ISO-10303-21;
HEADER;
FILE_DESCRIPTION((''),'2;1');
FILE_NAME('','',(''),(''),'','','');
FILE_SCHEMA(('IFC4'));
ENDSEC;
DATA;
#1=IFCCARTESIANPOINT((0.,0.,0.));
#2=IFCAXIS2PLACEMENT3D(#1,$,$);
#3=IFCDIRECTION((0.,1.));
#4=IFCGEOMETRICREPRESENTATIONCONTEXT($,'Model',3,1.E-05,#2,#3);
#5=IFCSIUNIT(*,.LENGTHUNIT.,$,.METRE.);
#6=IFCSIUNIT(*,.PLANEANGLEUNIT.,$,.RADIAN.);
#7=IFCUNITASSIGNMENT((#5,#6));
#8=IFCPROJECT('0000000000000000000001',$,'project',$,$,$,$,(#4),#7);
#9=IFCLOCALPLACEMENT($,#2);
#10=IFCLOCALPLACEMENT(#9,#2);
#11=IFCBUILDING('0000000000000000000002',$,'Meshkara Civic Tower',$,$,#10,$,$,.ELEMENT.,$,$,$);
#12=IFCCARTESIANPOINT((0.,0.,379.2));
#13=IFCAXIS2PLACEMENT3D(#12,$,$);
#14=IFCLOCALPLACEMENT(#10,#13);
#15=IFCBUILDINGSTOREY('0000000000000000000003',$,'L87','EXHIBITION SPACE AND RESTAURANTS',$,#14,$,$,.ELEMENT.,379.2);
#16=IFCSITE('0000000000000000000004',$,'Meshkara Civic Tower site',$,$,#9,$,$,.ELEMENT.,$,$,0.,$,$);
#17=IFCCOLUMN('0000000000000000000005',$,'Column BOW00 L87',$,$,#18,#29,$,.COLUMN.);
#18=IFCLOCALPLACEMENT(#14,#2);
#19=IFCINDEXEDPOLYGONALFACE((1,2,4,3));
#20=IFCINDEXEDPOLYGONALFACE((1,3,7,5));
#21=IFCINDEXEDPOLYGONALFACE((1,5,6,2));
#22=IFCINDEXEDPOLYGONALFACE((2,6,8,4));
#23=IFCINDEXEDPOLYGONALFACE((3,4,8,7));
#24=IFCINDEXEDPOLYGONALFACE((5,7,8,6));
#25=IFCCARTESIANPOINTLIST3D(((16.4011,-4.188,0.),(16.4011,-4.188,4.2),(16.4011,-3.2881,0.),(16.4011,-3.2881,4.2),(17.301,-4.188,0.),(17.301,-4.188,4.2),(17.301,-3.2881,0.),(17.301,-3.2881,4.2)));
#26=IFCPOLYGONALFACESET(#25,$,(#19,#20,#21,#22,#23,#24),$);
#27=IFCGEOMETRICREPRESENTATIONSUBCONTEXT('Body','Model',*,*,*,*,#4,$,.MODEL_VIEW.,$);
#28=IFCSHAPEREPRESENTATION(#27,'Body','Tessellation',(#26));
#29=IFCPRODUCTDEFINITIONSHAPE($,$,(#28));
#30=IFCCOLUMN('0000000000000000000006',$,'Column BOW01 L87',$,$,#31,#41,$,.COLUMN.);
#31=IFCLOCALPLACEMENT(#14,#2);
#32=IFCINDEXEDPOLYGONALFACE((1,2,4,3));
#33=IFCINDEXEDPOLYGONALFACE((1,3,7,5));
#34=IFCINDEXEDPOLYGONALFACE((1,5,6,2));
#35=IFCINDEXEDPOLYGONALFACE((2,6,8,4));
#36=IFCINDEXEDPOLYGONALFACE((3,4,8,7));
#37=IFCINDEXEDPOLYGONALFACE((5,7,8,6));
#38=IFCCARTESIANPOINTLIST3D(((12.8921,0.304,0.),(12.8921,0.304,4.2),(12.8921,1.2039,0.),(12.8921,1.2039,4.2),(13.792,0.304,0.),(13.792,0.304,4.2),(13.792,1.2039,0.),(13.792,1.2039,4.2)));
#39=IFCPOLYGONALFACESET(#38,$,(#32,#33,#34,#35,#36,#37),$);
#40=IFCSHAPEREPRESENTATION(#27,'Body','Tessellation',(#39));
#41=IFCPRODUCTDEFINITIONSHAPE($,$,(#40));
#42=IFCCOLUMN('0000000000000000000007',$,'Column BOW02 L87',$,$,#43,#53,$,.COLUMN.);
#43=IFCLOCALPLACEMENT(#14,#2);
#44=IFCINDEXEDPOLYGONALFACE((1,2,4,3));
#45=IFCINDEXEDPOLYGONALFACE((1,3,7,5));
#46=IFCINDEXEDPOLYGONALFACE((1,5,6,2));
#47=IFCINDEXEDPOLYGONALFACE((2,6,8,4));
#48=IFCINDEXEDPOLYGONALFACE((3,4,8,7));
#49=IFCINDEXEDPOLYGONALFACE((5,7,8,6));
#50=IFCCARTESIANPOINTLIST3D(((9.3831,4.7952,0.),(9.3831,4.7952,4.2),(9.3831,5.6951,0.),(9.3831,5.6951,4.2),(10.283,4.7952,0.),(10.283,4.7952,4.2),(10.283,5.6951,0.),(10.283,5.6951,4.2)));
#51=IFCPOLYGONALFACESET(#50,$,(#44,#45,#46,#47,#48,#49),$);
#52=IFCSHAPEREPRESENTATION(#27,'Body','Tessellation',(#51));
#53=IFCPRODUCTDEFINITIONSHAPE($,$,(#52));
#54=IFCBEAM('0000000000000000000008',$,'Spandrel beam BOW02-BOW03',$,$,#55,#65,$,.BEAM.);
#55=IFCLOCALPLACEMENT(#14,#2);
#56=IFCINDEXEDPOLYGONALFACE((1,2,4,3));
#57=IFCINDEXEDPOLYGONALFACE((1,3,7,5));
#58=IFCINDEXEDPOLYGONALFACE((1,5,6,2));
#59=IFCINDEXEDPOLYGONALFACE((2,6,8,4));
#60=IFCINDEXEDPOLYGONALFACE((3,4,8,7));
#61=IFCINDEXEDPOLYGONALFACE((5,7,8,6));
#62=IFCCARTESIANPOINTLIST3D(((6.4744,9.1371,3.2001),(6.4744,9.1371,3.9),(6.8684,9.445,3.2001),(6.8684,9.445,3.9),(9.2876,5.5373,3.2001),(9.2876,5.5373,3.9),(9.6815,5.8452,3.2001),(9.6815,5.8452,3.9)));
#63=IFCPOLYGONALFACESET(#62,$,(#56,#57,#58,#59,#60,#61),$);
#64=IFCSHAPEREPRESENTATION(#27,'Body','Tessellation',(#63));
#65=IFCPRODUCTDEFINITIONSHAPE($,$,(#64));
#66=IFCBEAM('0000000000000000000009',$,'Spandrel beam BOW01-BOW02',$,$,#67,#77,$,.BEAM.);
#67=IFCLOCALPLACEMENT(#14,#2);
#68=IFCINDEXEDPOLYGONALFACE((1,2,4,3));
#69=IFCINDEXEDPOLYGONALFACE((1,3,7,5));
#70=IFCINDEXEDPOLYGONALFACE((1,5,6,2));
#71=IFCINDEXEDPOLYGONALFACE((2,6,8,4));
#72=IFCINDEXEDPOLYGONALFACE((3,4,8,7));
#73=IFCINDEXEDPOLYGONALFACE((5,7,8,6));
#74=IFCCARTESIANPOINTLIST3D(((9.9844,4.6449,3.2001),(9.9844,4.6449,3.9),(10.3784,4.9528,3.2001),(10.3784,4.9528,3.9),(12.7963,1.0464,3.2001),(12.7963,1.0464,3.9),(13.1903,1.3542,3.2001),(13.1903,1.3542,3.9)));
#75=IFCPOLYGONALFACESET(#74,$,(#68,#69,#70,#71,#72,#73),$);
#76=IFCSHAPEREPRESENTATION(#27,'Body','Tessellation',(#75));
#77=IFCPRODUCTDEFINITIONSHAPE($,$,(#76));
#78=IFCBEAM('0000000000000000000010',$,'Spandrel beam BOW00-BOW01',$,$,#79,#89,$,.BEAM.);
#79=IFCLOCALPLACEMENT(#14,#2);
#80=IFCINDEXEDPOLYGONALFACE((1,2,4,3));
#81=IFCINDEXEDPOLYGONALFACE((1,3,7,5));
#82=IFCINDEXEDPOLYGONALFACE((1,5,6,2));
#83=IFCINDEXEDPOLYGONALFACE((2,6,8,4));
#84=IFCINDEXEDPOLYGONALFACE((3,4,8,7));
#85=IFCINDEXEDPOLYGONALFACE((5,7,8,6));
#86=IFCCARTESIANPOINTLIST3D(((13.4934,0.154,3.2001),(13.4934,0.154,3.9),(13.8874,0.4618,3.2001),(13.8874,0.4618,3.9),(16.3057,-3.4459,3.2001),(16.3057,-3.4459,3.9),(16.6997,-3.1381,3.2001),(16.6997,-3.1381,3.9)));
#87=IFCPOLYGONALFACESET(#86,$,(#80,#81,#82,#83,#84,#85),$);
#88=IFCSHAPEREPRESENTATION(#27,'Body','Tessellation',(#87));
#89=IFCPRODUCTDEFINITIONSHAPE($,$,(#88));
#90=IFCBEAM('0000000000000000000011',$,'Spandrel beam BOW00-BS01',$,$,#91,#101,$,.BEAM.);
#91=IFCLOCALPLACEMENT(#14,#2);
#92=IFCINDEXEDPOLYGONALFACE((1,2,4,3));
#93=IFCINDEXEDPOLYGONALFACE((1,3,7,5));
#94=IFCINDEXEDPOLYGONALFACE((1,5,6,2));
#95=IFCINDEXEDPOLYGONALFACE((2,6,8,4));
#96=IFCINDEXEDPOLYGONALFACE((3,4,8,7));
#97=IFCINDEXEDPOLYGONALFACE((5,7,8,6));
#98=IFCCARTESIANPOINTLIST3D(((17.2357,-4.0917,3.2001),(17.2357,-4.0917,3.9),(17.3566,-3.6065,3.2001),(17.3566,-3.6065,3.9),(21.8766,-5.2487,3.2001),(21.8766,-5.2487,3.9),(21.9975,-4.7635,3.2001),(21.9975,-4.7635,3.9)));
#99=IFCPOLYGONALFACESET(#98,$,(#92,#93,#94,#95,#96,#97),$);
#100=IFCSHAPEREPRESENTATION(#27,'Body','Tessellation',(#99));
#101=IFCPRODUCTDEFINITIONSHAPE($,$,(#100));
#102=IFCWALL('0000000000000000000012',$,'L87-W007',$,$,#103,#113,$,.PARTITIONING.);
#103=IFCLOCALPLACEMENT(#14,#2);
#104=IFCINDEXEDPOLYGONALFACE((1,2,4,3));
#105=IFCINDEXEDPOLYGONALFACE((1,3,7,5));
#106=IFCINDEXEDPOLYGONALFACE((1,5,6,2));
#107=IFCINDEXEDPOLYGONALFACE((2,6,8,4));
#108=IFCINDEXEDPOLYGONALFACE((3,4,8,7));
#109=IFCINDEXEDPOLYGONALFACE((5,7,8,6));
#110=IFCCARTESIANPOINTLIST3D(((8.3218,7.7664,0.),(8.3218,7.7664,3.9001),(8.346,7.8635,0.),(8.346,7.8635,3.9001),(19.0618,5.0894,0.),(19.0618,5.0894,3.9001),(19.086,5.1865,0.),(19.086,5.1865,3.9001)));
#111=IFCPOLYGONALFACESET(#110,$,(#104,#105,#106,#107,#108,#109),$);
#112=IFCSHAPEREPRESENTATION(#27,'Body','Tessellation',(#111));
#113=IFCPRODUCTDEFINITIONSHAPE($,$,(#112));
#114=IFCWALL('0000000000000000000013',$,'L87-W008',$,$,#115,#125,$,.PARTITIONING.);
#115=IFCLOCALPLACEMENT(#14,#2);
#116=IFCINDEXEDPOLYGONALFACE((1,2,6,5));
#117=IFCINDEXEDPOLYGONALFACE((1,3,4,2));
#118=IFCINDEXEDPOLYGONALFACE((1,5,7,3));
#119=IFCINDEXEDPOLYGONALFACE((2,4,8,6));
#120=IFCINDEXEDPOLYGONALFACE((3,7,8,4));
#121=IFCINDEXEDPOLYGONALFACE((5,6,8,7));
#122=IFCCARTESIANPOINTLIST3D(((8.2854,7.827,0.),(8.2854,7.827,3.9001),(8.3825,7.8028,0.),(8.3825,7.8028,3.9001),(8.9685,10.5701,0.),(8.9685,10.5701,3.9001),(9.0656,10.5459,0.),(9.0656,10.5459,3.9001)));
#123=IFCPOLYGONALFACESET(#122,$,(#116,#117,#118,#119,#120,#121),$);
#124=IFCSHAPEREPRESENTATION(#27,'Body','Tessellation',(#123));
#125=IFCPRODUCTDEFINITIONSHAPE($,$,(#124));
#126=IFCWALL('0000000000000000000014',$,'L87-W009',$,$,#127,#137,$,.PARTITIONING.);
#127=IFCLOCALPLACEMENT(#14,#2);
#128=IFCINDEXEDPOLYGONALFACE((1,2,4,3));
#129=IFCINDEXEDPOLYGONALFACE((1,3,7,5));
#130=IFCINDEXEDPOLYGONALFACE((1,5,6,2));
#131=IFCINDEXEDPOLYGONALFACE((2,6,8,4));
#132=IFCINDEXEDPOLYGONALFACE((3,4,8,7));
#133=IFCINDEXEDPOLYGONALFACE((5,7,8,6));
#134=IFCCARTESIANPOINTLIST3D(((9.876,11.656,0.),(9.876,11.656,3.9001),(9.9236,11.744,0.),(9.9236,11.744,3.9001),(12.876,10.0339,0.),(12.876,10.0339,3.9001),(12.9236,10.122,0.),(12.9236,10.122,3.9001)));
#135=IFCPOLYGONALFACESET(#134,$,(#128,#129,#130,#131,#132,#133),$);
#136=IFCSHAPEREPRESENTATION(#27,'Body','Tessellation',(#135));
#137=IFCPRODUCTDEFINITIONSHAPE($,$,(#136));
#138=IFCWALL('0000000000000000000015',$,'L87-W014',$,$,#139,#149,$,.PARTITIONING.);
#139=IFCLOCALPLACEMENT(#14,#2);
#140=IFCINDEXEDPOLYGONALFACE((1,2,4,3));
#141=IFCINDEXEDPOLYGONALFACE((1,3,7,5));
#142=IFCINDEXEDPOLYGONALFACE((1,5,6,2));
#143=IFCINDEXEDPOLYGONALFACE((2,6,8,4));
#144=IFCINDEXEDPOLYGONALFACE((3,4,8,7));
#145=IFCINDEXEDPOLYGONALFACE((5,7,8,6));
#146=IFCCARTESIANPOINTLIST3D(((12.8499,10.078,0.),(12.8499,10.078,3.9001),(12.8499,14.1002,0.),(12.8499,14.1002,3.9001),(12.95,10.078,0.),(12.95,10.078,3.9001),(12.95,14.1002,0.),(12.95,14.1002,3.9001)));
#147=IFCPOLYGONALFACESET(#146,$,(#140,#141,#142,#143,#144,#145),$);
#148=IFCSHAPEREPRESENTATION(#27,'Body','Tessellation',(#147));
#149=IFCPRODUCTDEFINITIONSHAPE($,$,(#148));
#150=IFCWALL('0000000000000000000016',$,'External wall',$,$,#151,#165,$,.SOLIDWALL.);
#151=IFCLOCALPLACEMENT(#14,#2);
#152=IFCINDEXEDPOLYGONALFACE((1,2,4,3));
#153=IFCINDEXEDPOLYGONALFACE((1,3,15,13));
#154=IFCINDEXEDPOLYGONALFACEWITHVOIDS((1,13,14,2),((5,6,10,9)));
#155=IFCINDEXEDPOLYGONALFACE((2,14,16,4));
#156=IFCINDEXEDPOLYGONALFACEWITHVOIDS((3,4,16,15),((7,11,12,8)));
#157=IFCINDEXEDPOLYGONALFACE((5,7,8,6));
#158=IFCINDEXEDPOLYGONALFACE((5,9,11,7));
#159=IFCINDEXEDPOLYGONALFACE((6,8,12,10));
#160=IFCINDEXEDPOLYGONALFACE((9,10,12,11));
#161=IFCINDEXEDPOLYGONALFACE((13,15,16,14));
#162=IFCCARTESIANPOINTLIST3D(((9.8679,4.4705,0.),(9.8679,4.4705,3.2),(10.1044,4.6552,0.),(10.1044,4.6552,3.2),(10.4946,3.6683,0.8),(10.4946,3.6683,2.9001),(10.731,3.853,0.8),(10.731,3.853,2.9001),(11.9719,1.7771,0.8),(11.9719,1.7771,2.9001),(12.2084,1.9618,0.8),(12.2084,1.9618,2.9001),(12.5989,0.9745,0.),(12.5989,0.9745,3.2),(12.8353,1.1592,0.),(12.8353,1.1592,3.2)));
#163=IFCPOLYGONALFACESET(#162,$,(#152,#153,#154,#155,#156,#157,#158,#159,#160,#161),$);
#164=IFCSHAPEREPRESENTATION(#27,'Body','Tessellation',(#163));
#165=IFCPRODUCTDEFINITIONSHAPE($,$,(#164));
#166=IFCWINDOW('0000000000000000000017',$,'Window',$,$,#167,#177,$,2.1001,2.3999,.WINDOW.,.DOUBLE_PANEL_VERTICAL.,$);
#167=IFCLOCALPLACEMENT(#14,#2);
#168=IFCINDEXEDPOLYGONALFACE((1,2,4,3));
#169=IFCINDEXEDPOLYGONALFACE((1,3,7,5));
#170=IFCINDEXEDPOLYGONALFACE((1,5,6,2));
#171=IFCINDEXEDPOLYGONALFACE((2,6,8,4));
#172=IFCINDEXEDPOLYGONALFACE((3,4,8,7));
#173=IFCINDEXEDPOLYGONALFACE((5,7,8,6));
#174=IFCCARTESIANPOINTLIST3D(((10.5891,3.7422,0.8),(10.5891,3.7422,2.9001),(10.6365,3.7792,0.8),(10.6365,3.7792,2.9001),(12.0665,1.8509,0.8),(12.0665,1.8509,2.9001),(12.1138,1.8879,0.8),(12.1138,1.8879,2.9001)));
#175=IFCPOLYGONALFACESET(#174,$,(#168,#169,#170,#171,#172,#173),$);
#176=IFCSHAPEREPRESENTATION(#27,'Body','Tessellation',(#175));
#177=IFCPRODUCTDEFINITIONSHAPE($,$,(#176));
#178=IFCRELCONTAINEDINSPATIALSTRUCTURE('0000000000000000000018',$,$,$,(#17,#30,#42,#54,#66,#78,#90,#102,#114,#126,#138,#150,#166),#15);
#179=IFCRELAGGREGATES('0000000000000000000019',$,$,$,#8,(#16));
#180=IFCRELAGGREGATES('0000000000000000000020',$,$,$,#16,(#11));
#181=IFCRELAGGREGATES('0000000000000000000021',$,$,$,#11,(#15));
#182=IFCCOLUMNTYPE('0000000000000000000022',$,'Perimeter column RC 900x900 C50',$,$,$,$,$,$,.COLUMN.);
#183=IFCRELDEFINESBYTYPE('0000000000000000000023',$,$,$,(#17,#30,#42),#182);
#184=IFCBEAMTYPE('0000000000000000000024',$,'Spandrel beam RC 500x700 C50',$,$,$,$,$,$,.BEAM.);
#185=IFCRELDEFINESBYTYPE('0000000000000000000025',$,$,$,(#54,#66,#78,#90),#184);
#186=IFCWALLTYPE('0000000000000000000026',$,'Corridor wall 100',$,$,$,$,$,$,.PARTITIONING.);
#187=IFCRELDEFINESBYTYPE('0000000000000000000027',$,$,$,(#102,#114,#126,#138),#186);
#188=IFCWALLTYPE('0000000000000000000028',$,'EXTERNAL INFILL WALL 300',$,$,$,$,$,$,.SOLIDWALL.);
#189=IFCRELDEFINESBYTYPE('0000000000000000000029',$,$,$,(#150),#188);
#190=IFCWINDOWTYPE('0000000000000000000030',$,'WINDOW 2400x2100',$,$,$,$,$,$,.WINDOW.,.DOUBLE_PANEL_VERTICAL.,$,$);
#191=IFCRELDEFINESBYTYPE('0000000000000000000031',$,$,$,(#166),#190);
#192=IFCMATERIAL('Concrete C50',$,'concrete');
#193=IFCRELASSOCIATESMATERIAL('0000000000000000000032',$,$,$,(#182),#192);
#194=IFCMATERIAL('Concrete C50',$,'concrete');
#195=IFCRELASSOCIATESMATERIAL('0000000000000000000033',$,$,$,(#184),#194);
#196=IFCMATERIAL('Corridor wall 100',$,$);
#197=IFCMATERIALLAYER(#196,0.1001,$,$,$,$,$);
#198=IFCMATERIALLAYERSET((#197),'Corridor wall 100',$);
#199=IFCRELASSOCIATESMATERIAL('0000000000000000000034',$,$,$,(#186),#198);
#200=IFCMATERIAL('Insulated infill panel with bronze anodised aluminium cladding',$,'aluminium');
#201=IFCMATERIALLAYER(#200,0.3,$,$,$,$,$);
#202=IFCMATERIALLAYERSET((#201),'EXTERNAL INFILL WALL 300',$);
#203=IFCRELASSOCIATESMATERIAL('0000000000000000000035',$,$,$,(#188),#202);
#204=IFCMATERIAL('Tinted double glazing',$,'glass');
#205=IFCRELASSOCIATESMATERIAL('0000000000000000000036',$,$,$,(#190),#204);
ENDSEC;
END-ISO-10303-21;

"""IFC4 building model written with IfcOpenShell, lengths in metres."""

from ifc_helpers import new_model, si_unit, direction, frame, frame_2d, origin, origin_2d, place, context, subcontext, project, spatial, rectangle, extrude, material, layer, layer_set, material_profile, profile_set, type_object, element, fill, save


model = new_model("IFC4")

# Units and contexts
model_context = context("Model", 3, precision=1e-05, world=origin(), true_north=direction((0.0, 1.0)))
body_context = subcontext(model_context, "Body", "Model", "MODEL_VIEW")
ifc_project = project(units=[si_unit("LENGTHUNIT", "METRE"), si_unit("PLANEANGLEUNIT", "RADIAN")], contexts=[model_context])

# Site, building, storey
site_placement = place(None, origin())
site = spatial("IfcSite", under=ifc_project, at=site_placement, Name="Meshkara Civic Tower site", CompositionType="ELEMENT", RefElevation=0.0)
building_placement = place(site_placement, origin())
building = spatial("IfcBuilding", under=site, at=building_placement, Name="Meshkara Civic Tower", CompositionType="ELEMENT")
storey_placement = place(building_placement, frame((0.0, 0.0, 379.2)))
storey = spatial("IfcBuildingStorey", under=building, at=storey_placement, Name="L87", Description="EXHIBITION SPACE AND RESTAURANTS", CompositionType="ELEMENT", Elevation=379.2)

# Columns
ifc_material_1 = material(Name="Concrete C50", Category="concrete")
ifc_material_profile_1 = material_profile(ifc_material_1, rectangle(XDim=0.8999, YDim=0.8999, at=origin_2d()))
ifc_profile_set_1 = profile_set([ifc_material_profile_1], Name="Concrete C50")
column_type = type_object("IfcColumnType", Name="Perimeter column RC 900x900 C50", PredefinedType="COLUMN", material=ifc_profile_set_1)
for number, where, z_axis, x_axis, name in (
    (1, (16.8511, -3.738, 0.0), (0.0, 0.0, 1.0), (1.0, 0.0, 0.0), "Column BOW00 L87"),
    (2, (13.342, 0.7539, 0.0), (0.0, 0.0, 1.0), (1.0, 0.0, 0.0), "Column BOW01 L87"),
    (3, (9.833, 5.2451, 0.0), (0.0, 0.0, 1.0), (1.0, 0.0, 0.0), "Column BOW02 L87"),
):
    element("IfcColumn", number, at=place(storey_placement, frame(where, z_axis=z_axis, x_axis=x_axis)), inside=storey, type_object=column_type, Name=name, PredefinedType="COLUMN", context=body_context, shape_type="SweptSolid", body=[
        extrude(rectangle(XDim=0.8999, YDim=0.8999, at=origin_2d()), origin(), (0.0, 0.0, 1.0), 4.2),
    ])

# Beams
ifc_material_2 = material(Name="Concrete C50", Category="concrete")
ifc_material_profile_2 = material_profile(ifc_material_2, rectangle(XDim=0.5, YDim=0.7, at=origin_2d()))
ifc_profile_set_2 = profile_set([ifc_material_profile_2], Name="Concrete C50")
beam_type = type_object("IfcBeamType", Name="Spandrel beam RC 500x700 C50", PredefinedType="BEAM", material=ifc_profile_set_2)
beam_1_placement = place(storey_placement, frame((6.6714, 9.291, 3.55), z_axis=(0.615759, -0.787934, 0.0), x_axis=(0.787934, 0.615759, 0.0)))
element("IfcBeam", 4, at=beam_1_placement, inside=storey, type_object=beam_type, Name="Spandrel beam BOW02-BOW03", PredefinedType="BEAM", context=body_context, shape_type="SweptSolid", body=[
    extrude(rectangle(XDim=0.5, YDim=0.7, at=origin_2d()), origin(), (0.0, 0.0, 1.0), 4.5686),
])
beam_2_placement = place(storey_placement, frame((10.1814, 4.7988, 3.55), z_axis=(0.615723, -0.787963, 0.0), x_axis=(0.787963, 0.615723, 0.0)))
element("IfcBeam", 5, at=beam_2_placement, inside=storey, type_object=beam_type, Name="Spandrel beam BOW01-BOW02", PredefinedType="BEAM", context=body_context, shape_type="SweptSolid", body=[
    extrude(rectangle(XDim=0.5, YDim=0.7, at=origin_2d()), origin(), (0.0, 0.0, 1.0), 4.5669),
])
beam_3_placement = place(storey_placement, frame((13.6904, 0.3079, 3.55), z_axis=(0.615626, -0.788038, 0.0), x_axis=(0.788038, 0.615626, 0.0)))
element("IfcBeam", 6, at=beam_3_placement, inside=storey, type_object=beam_type, Name="Spandrel beam BOW00-BOW01", PredefinedType="BEAM", context=body_context, shape_type="SweptSolid", body=[
    extrude(rectangle(XDim=0.5, YDim=0.7, at=origin_2d()), origin(), (0.0, 0.0, 1.0), 4.5681),
])
beam_4_placement = place(storey_placement, frame((17.2961, -3.8491, 3.55), z_axis=(0.970301, -0.241899, 0.0), x_axis=(0.241899, 0.970301, 0.0)))
element("IfcBeam", 7, at=beam_4_placement, inside=storey, type_object=beam_type, Name="Spandrel beam BOW00-BS01", PredefinedType="BEAM", context=body_context, shape_type="SweptSolid", body=[
    extrude(rectangle(XDim=0.5, YDim=0.7, at=origin_2d()), origin(), (0.0, 0.0, 1.0), 4.783),
])

# Walls
ifc_material_3 = material(Name="Corridor wall 100")
ifc_layer_1 = layer(ifc_material_3, 0.1001)
ifc_layer_set_1 = layer_set([ifc_layer_1], Name="Corridor wall 100")
wall_type_1 = type_object("IfcWallType", Name="Corridor wall 100", PredefinedType="PARTITIONING", material=ifc_layer_set_1)
wall_1_placement = place(storey_placement, frame((8.334, 7.8149, 0.0), z_axis=(0.0, 0.0, 1.0), x_axis=(0.970312, -0.241856, 0.0)))
element("IfcWall", 8, at=wall_1_placement, inside=storey, type_object=wall_type_1, Name="L87-W007", PredefinedType="PARTITIONING", context=body_context, shape_type="SweptSolid", body=[
    extrude(rectangle(XDim=11.0686, YDim=0.1001, at=frame_2d((5.5342, 0.0))), origin(), (0.0, 0.0, 1.0), 3.9001),
])
wall_2_placement = place(storey_placement, frame((9.0171, 10.5581, 0.0), z_axis=(0.0, 0.0, 1.0), x_axis=(-0.241641, -0.970366, 0.0)))
element("IfcWall", 9, at=wall_2_placement, inside=storey, type_object=wall_type_1, Name="L87-W008", PredefinedType="PARTITIONING", context=body_context, shape_type="SweptSolid", body=[
    extrude(rectangle(XDim=2.8269, YDim=0.1001, at=frame_2d((1.4136, 0.0))), origin(), (0.0, 0.0, 1.0), 3.9001),
])
wall_3_placement = place(storey_placement, frame((9.8999, 11.7, 0.0), z_axis=(0.0, 0.0, 1.0), x_axis=(0.879651, -0.475619, 0.0)))
element("IfcWall", 10, at=wall_3_placement, inside=storey, type_object=wall_type_1, Name="L87-W009", PredefinedType="PARTITIONING", context=body_context, shape_type="SweptSolid", body=[
    extrude(rectangle(XDim=3.4104, YDim=0.1001, at=frame_2d((1.7051, 0.0))), origin(), (0.0, 0.0, 1.0), 3.9001),
])
wall_4_placement = place(storey_placement, frame((12.8999, 10.0779, 0.0), z_axis=(0.0, 0.0, 1.0), x_axis=(0.0, 1.0, 0.0)))
element("IfcWall", 11, at=wall_4_placement, inside=storey, type_object=wall_type_1, Name="L87-W014", PredefinedType="PARTITIONING", context=body_context, shape_type="SweptSolid", body=[
    extrude(rectangle(XDim=4.0222, YDim=0.1001, at=frame_2d((2.0112, 0.0))), origin(), (0.0, 0.0, 1.0), 3.9001),
])

# Wall, opening, window
ifc_material_4 = material(Name="Insulated infill panel with bronze anodised aluminium cladding", Category="aluminium")
ifc_layer_2 = layer(ifc_material_4, 0.3)
ifc_layer_set_2 = layer_set([ifc_layer_2], Name="EXTERNAL INFILL WALL 300")
wall_type_2 = type_object("IfcWallType", Name="EXTERNAL INFILL WALL 300", PredefinedType="SOLIDWALL", material=ifc_layer_set_2)
wall_5_placement = place(storey_placement, frame((9.9861, 4.563, 0.0), z_axis=(0.0, 0.0, 1.0), x_axis=(0.615593, -0.788064, 0.0)))
wall_5 = element("IfcWall", 12, at=wall_5_placement, inside=storey, type_object=wall_type_2, Name="External wall", PredefinedType="SOLIDWALL", context=body_context, shape_type="SweptSolid", body=[
    extrude(rectangle(XDim=4.4363, YDim=0.3, at=frame_2d((2.2183, 0.0))), origin(), (0.0, 0.0, 1.0), 3.2),
])
opening_1_placement = place(wall_5_placement, frame((1.0181, 0.0, 0.8)))
opening_1 = element("IfcOpeningElement", 13, at=opening_1_placement, cuts=wall_5, PredefinedType="OPENING", context=body_context, shape_type="SweptSolid", body=[
    extrude(rectangle(XDim=2.3999, YDim=2.1001, at=frame_2d((1.2, 1.05))), frame((0.0, 0.1599, 0.0), z_axis=(0.0, -1.0, 0.0), x_axis=(1.0, 0.0, 0.0)), (0.0, 0.0, 1.0), 0.3201),
])
ifc_material_5 = material(Name="Tinted double glazing", Category="glass")
window_type = type_object("IfcWindowType", Name="WINDOW 2400x2100", PartitioningType="DOUBLE_PANEL_VERTICAL", PredefinedType="WINDOW", material=ifc_material_5)
window_1_placement = place(opening_1_placement, origin())
window_1 = element("IfcWindow", 14, at=window_1_placement, inside=storey, type_object=window_type, Name="Window", OverallHeight=2.1001, OverallWidth=2.3999, PartitioningType="DOUBLE_PANEL_VERTICAL", PredefinedType="WINDOW", context=body_context, shape_type="SweptSolid", body=[
    extrude(rectangle(XDim=2.3999, YDim=2.1001, at=frame_2d((1.2, 1.05))), frame((0.0, 0.03, 0.0), z_axis=(0.0, -1.0, 0.0), x_axis=(1.0, 0.0, 0.0)), (0.0, 0.0, 1.0), 0.0601),
])
fill(opening_1, window_1)

save(model, "model.ifc")
